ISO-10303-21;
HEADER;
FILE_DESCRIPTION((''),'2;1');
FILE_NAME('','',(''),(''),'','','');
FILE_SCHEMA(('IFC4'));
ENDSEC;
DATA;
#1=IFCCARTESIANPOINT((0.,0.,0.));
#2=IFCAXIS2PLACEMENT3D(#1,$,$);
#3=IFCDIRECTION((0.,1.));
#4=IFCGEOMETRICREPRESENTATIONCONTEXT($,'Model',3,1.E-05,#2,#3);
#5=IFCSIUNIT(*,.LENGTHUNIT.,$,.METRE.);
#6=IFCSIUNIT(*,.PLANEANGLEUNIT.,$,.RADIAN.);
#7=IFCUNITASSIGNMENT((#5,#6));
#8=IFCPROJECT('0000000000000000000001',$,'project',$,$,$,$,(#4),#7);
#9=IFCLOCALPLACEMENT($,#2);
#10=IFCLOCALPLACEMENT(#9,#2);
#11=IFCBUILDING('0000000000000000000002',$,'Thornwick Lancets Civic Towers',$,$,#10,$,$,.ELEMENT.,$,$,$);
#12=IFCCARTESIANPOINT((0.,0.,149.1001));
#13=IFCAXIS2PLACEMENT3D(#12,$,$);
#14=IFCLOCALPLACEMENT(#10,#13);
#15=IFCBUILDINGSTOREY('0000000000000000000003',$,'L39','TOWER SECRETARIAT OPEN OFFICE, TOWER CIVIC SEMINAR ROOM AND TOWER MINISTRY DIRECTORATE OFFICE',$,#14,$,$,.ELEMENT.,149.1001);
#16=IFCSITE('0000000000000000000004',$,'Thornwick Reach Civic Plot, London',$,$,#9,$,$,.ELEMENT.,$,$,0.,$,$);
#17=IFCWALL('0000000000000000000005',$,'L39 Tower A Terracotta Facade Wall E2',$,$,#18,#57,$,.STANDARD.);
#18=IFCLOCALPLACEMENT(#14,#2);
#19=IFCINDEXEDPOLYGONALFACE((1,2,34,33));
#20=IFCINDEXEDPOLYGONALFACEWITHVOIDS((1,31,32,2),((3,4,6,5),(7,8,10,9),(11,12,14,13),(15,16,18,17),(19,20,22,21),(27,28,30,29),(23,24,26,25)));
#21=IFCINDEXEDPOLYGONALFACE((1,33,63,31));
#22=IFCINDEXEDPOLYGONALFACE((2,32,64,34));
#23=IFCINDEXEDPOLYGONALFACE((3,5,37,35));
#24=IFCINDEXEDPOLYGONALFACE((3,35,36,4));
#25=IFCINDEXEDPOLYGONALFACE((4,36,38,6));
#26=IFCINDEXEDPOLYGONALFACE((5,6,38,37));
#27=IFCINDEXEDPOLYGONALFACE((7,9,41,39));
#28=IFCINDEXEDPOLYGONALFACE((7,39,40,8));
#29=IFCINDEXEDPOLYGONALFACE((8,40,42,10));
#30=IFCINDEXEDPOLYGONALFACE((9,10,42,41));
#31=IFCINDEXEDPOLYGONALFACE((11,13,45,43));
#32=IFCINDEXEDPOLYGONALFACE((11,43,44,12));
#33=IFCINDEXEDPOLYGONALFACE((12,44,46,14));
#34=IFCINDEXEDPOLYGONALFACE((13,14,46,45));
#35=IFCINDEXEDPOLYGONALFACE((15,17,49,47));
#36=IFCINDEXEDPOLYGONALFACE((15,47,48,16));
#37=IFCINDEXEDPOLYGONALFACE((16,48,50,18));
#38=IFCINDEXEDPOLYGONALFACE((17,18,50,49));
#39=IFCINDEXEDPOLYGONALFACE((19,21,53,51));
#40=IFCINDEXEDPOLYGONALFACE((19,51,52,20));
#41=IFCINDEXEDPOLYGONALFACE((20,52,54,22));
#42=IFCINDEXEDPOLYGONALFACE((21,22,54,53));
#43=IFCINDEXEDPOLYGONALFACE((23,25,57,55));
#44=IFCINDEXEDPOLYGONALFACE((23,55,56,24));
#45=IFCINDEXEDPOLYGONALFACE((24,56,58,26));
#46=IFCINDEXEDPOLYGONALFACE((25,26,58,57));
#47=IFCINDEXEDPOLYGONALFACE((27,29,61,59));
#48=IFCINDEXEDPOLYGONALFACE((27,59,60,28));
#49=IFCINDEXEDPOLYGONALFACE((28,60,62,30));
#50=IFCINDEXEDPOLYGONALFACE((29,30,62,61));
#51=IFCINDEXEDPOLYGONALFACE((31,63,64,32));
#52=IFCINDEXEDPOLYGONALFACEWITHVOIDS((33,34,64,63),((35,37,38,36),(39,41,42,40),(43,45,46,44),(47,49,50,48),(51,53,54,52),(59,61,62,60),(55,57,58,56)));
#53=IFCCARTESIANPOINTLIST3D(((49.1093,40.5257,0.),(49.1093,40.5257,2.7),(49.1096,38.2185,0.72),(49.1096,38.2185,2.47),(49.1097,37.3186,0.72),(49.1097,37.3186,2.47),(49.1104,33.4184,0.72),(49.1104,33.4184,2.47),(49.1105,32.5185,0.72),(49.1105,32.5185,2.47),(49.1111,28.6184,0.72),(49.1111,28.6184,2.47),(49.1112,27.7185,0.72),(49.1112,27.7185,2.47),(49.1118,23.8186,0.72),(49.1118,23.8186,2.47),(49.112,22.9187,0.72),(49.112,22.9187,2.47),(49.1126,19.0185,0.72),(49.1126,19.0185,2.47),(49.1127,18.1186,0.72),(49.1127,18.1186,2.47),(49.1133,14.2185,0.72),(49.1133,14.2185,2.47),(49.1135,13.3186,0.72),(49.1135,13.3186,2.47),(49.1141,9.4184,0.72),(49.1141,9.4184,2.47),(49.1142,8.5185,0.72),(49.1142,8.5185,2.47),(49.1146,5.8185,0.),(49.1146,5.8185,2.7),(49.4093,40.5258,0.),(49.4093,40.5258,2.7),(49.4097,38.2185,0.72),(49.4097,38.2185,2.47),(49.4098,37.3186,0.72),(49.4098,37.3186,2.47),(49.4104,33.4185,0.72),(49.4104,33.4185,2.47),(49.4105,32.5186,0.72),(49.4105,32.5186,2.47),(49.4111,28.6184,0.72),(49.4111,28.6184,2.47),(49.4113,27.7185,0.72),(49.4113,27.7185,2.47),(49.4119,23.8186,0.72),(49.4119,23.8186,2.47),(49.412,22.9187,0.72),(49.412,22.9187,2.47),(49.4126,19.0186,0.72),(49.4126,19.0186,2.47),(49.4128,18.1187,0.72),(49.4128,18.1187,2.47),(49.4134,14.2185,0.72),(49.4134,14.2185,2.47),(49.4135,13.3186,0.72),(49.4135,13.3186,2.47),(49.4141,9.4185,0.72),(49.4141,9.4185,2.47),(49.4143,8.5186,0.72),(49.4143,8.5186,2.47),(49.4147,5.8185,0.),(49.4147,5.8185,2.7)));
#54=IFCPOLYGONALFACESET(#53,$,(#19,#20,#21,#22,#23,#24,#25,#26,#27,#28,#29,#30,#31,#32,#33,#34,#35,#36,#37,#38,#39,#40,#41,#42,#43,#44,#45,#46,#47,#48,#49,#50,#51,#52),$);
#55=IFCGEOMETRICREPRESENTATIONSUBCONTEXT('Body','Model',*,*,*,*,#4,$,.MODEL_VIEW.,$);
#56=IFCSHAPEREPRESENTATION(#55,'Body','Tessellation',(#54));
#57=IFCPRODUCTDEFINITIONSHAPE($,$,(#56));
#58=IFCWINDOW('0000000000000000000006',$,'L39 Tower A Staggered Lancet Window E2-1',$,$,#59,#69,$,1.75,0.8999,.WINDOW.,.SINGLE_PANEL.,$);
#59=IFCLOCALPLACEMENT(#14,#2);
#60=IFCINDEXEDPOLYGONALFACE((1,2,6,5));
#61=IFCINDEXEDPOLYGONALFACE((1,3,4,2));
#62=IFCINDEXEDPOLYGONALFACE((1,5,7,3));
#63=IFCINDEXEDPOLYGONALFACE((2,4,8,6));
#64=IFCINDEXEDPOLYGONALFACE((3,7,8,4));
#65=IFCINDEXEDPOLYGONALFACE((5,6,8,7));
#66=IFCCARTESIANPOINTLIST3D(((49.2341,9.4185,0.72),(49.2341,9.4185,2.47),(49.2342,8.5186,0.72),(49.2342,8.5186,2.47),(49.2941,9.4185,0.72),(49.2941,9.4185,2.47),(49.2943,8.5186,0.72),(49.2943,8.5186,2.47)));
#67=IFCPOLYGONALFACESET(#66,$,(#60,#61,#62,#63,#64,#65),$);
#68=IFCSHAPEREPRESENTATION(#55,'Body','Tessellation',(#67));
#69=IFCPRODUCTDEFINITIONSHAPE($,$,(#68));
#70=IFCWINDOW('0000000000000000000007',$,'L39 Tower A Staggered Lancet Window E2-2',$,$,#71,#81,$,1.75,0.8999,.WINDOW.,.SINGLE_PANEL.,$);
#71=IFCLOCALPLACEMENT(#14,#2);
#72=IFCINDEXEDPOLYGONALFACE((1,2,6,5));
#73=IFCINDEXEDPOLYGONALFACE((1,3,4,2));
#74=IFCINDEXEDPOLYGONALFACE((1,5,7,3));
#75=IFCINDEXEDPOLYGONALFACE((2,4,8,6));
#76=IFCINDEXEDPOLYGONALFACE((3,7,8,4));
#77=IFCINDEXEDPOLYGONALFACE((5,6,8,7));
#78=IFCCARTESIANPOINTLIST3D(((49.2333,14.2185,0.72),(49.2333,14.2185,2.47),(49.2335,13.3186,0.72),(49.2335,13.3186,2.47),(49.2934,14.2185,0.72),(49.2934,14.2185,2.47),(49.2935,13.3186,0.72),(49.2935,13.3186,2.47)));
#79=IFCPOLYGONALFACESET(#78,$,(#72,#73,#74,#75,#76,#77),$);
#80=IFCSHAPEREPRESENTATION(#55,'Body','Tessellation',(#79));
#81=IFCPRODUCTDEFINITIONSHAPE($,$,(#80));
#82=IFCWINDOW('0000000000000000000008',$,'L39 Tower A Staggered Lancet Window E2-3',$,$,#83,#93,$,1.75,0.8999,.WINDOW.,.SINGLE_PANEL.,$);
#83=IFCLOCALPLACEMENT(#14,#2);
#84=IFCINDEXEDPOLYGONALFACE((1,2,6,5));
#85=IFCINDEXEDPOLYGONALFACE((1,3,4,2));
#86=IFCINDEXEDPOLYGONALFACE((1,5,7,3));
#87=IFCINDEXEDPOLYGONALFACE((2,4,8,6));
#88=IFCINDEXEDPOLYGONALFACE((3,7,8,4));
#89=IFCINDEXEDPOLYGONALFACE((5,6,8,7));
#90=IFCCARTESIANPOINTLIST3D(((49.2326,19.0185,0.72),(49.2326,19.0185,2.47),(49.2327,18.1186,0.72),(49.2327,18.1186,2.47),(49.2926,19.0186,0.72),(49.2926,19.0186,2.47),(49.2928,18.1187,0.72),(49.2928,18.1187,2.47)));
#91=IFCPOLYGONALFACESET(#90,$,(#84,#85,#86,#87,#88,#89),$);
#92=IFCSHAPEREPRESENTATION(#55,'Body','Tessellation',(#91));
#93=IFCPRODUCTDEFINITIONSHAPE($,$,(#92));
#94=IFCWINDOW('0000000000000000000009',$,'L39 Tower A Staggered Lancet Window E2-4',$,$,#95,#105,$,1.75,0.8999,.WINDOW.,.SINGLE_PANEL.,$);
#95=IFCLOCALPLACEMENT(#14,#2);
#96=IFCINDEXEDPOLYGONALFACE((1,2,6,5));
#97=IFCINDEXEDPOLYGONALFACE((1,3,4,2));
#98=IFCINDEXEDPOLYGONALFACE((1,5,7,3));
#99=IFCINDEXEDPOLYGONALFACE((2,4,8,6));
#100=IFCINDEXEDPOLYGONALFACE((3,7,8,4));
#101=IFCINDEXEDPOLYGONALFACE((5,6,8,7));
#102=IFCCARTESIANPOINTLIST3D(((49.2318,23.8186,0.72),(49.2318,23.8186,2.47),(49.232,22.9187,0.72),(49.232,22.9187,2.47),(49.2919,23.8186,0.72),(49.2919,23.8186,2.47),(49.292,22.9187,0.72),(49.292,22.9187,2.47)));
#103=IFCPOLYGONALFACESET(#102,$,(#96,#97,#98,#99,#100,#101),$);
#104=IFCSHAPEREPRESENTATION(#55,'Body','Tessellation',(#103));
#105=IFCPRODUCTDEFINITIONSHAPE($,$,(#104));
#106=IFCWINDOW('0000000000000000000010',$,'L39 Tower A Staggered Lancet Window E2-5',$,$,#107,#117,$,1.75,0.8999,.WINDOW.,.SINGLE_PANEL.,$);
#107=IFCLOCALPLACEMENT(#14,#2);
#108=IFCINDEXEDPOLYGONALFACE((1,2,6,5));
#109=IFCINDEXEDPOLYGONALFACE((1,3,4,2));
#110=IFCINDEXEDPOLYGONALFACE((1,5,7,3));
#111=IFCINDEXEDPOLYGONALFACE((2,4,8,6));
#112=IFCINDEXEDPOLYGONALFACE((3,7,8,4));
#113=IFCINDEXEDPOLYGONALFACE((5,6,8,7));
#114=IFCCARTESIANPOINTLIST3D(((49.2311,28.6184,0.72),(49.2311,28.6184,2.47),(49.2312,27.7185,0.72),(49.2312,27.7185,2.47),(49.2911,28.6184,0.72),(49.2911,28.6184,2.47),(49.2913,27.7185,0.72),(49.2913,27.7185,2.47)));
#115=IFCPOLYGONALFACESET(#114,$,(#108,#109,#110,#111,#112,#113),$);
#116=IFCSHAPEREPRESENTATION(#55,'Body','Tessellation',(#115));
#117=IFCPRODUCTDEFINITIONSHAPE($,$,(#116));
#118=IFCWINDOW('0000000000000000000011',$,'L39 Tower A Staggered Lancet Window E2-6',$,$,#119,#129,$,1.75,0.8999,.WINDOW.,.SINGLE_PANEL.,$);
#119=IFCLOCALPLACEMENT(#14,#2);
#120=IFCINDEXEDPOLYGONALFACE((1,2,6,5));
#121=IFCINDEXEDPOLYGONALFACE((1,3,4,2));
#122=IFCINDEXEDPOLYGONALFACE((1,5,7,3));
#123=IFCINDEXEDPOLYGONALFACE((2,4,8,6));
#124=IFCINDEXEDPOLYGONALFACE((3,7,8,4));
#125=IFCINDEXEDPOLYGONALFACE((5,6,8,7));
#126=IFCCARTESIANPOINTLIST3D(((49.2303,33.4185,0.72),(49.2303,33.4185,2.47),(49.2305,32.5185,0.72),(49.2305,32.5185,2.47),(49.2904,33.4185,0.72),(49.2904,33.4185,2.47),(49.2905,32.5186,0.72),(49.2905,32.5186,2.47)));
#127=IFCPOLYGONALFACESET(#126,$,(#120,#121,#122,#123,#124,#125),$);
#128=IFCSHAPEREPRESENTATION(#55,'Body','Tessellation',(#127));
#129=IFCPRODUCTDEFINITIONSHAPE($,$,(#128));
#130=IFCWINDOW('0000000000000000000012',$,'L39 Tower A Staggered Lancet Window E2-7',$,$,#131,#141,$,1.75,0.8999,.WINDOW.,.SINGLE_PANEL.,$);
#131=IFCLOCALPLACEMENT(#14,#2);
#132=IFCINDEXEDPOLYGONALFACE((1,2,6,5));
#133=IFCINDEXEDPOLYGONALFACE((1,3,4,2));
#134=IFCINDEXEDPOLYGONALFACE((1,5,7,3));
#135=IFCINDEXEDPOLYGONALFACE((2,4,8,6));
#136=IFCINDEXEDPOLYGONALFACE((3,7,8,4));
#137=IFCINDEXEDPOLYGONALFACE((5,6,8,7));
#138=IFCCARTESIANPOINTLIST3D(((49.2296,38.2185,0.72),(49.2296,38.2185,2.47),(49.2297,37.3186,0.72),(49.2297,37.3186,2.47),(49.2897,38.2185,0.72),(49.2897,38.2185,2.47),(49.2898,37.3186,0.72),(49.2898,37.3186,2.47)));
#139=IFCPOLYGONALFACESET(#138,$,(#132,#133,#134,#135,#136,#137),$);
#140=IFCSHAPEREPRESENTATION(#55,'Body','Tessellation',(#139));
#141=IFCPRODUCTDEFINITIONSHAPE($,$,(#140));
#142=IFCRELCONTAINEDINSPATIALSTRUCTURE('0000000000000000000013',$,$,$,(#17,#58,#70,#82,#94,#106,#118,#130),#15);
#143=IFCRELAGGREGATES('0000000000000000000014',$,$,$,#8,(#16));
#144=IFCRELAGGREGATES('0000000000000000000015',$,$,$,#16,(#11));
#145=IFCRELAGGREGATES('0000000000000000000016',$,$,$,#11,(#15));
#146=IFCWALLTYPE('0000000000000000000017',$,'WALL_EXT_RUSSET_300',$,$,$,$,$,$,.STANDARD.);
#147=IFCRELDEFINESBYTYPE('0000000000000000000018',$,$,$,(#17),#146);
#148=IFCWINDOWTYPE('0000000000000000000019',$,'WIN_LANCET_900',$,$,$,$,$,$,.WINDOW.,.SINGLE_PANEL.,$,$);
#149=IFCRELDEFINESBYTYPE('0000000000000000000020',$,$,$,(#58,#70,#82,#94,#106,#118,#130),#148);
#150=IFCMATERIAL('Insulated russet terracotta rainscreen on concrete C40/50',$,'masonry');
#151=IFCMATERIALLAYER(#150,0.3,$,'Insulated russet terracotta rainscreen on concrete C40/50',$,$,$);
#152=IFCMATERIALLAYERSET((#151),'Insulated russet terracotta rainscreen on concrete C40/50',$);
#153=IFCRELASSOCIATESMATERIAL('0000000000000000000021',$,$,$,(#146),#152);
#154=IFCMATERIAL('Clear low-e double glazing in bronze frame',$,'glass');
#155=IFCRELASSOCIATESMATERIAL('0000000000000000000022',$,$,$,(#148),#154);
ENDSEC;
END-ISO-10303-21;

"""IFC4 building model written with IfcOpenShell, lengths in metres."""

from ifc_helpers import new_model, si_unit, direction, frame, frame_2d, origin, place, context, subcontext, project, spatial, rectangle, extrude, material, layer, layer_set, type_object, element, fill, save


model = new_model("IFC4")

# Units and contexts
model_context = context("Model", 3, precision=1e-05, world=origin(), true_north=direction((0.0, 1.0)))
body_context = subcontext(model_context, "Body", "Model", "MODEL_VIEW")
ifc_project = project(units=[si_unit("LENGTHUNIT", "METRE"), si_unit("PLANEANGLEUNIT", "RADIAN")], contexts=[model_context])

# Site, building, storey
site_placement = place(None, origin())
site = spatial("IfcSite", under=ifc_project, at=site_placement, Name="Thornwick Reach Civic Plot, London", CompositionType="ELEMENT", RefElevation=0.0)
building_placement = place(site_placement, origin())
building = spatial("IfcBuilding", under=site, at=building_placement, Name="Thornwick Lancets Civic Towers", CompositionType="ELEMENT")
storey_placement = place(building_placement, frame((0.0, 0.0, 149.1001)))
storey = spatial("IfcBuildingStorey", under=building, at=storey_placement, Name="L39", Description="TOWER SECRETARIAT OPEN OFFICE, TOWER CIVIC SEMINAR ROOM AND TOWER MINISTRY DIRECTORATE OFFICE", CompositionType="ELEMENT", Elevation=149.1001)

# Wall, openings, windows
ifc_material_1 = material(Name="Insulated russet terracotta rainscreen on concrete C40/50", Category="masonry")
ifc_layer_1 = layer(ifc_material_1, 0.3, Name="Insulated russet terracotta rainscreen on concrete C40/50")
ifc_layer_set_1 = layer_set([ifc_layer_1], Name="Insulated russet terracotta rainscreen on concrete C40/50")
wall_type_1 = type_object("IfcWallType", Name="WALL_EXT_RUSSET_300", PredefinedType="STANDARD", material=ifc_layer_set_1)
wall_1_placement = place(storey_placement, frame((49.2646, 5.8186, 0.0), z_axis=(0.0, 0.0, 1.0), x_axis=(-0.000155, 1.0, 0.0)))
wall_1 = element("IfcWall", 1, at=wall_1_placement, inside=storey, type_object=wall_type_1, Name="L39 Tower A Terracotta Facade Wall E2", PredefinedType="STANDARD", context=body_context, shape_type="SweptSolid", body=[
    extrude(rectangle(XDim=34.7073, YDim=0.3, at=frame_2d((17.3535, 0.0))), origin(), (0.0, 0.0, 1.0), 2.7),
])
opening_1_placement = place(wall_1_placement, frame((2.7, 0.0, 0.72)))
opening_1 = element("IfcOpeningElement", 2, at=opening_1_placement, cuts=wall_1, PredefinedType="OPENING", context=body_context, shape_type="SweptSolid", body=[
    extrude(rectangle(XDim=0.8999, YDim=1.75, at=frame_2d((0.45, 0.875))), frame((0.0, 0.1602, 0.0), z_axis=(0.0, -1.0, 0.0), x_axis=(1.0, 0.0, 0.0)), (0.0, 0.0, 1.0), 0.3201),
])
opening_2_placement = place(wall_1_placement, frame((7.5, 0.0, 0.72)))
opening_2 = element("IfcOpeningElement", 3, at=opening_2_placement, cuts=wall_1, PredefinedType="OPENING", context=body_context, shape_type="SweptSolid", body=[
    extrude(rectangle(XDim=0.8999, YDim=1.75, at=frame_2d((0.45, 0.875))), frame((0.0, 0.1602, 0.0), z_axis=(0.0, -1.0, 0.0), x_axis=(1.0, 0.0, 0.0)), (0.0, 0.0, 1.0), 0.3201),
])
opening_3_placement = place(wall_1_placement, frame((12.3, 0.0, 0.72)))
opening_3 = element("IfcOpeningElement", 4, at=opening_3_placement, cuts=wall_1, PredefinedType="OPENING", context=body_context, shape_type="SweptSolid", body=[
    extrude(rectangle(XDim=0.8999, YDim=1.75, at=frame_2d((0.45, 0.875))), frame((0.0, 0.1602, 0.0), z_axis=(0.0, -1.0, 0.0), x_axis=(1.0, 0.0, 0.0)), (0.0, 0.0, 1.0), 0.3201),
])
opening_4_placement = place(wall_1_placement, frame((17.1001, 0.0, 0.72)))
opening_4 = element("IfcOpeningElement", 5, at=opening_4_placement, cuts=wall_1, PredefinedType="OPENING", context=body_context, shape_type="SweptSolid", body=[
    extrude(rectangle(XDim=0.8999, YDim=1.75, at=frame_2d((0.45, 0.875))), frame((0.0, 0.1602, 0.0), z_axis=(0.0, -1.0, 0.0), x_axis=(1.0, 0.0, 0.0)), (0.0, 0.0, 1.0), 0.3201),
])
opening_5_placement = place(wall_1_placement, frame((21.8999, 0.0, 0.72)))
opening_5 = element("IfcOpeningElement", 6, at=opening_5_placement, cuts=wall_1, PredefinedType="OPENING", context=body_context, shape_type="SweptSolid", body=[
    extrude(rectangle(XDim=0.8999, YDim=1.75, at=frame_2d((0.45, 0.875))), frame((0.0, 0.1602, 0.0), z_axis=(0.0, -1.0, 0.0), x_axis=(1.0, 0.0, 0.0)), (0.0, 0.0, 1.0), 0.3201),
])
opening_6_placement = place(wall_1_placement, frame((26.7, 0.0, 0.72)))
opening_6 = element("IfcOpeningElement", 7, at=opening_6_placement, cuts=wall_1, PredefinedType="OPENING", context=body_context, shape_type="SweptSolid", body=[
    extrude(rectangle(XDim=0.8999, YDim=1.75, at=frame_2d((0.45, 0.875))), frame((0.0, 0.1602, 0.0), z_axis=(0.0, -1.0, 0.0), x_axis=(1.0, 0.0, 0.0)), (0.0, 0.0, 1.0), 0.3201),
])
opening_7_placement = place(wall_1_placement, frame((31.5, 0.0, 0.72)))
opening_7 = element("IfcOpeningElement", 8, at=opening_7_placement, cuts=wall_1, PredefinedType="OPENING", context=body_context, shape_type="SweptSolid", body=[
    extrude(rectangle(XDim=0.8999, YDim=1.75, at=frame_2d((0.45, 0.875))), frame((0.0, 0.1602, 0.0), z_axis=(0.0, -1.0, 0.0), x_axis=(1.0, 0.0, 0.0)), (0.0, 0.0, 1.0), 0.3201),
])
ifc_material_2 = material(Name="Clear low-e double glazing in bronze frame", Category="glass")
window_type = type_object("IfcWindowType", Name="WIN_LANCET_900", PartitioningType="SINGLE_PANEL", PredefinedType="WINDOW", material=ifc_material_2)
window_1_placement = place(opening_1_placement, origin())
window_1 = element("IfcWindow", 9, at=window_1_placement, inside=storey, type_object=window_type, Name="L39 Tower A Staggered Lancet Window E2-1", OverallHeight=1.75, OverallWidth=0.8999, PartitioningType="SINGLE_PANEL", PredefinedType="WINDOW", context=body_context, shape_type="SweptSolid", body=[
    extrude(rectangle(XDim=0.8999, YDim=1.75, at=frame_2d((0.45, 0.875))), frame((0.0, 0.03, 0.0), z_axis=(0.0, -1.0, 0.0), x_axis=(1.0, 0.0, 0.0)), (0.0, 0.0, 1.0), 0.0601),
])
fill(opening_1, window_1)
window_2_placement = place(opening_2_placement, origin())
window_2 = element("IfcWindow", 10, at=window_2_placement, inside=storey, type_object=window_type, Name="L39 Tower A Staggered Lancet Window E2-2", OverallHeight=1.75, OverallWidth=0.8999, PartitioningType="SINGLE_PANEL", PredefinedType="WINDOW", context=body_context, shape_type="SweptSolid", body=[
    extrude(rectangle(XDim=0.8999, YDim=1.75, at=frame_2d((0.45, 0.875))), frame((0.0, 0.03, 0.0), z_axis=(0.0, -1.0, 0.0), x_axis=(1.0, 0.0, 0.0)), (0.0, 0.0, 1.0), 0.0601),
])
fill(opening_2, window_2)
window_3_placement = place(opening_3_placement, origin())
window_3 = element("IfcWindow", 11, at=window_3_placement, inside=storey, type_object=window_type, Name="L39 Tower A Staggered Lancet Window E2-3", OverallHeight=1.75, OverallWidth=0.8999, PartitioningType="SINGLE_PANEL", PredefinedType="WINDOW", context=body_context, shape_type="SweptSolid", body=[
    extrude(rectangle(XDim=0.8999, YDim=1.75, at=frame_2d((0.45, 0.875))), frame((0.0, 0.03, 0.0), z_axis=(0.0, -1.0, 0.0), x_axis=(1.0, 0.0, 0.0)), (0.0, 0.0, 1.0), 0.0601),
])
fill(opening_3, window_3)
window_4_placement = place(opening_4_placement, origin())
window_4 = element("IfcWindow", 12, at=window_4_placement, inside=storey, type_object=window_type, Name="L39 Tower A Staggered Lancet Window E2-4", OverallHeight=1.75, OverallWidth=0.8999, PartitioningType="SINGLE_PANEL", PredefinedType="WINDOW", context=body_context, shape_type="SweptSolid", body=[
    extrude(rectangle(XDim=0.8999, YDim=1.75, at=frame_2d((0.45, 0.875))), frame((0.0, 0.03, 0.0), z_axis=(0.0, -1.0, 0.0), x_axis=(1.0, 0.0, 0.0)), (0.0, 0.0, 1.0), 0.0601),
])
fill(opening_4, window_4)
window_5_placement = place(opening_5_placement, origin())
window_5 = element("IfcWindow", 13, at=window_5_placement, inside=storey, type_object=window_type, Name="L39 Tower A Staggered Lancet Window E2-5", OverallHeight=1.75, OverallWidth=0.8999, PartitioningType="SINGLE_PANEL", PredefinedType="WINDOW", context=body_context, shape_type="SweptSolid", body=[
    extrude(rectangle(XDim=0.8999, YDim=1.75, at=frame_2d((0.45, 0.875))), frame((0.0, 0.03, 0.0), z_axis=(0.0, -1.0, 0.0), x_axis=(1.0, 0.0, 0.0)), (0.0, 0.0, 1.0), 0.0601),
])
fill(opening_5, window_5)
window_6_placement = place(opening_6_placement, origin())
window_6 = element("IfcWindow", 14, at=window_6_placement, inside=storey, type_object=window_type, Name="L39 Tower A Staggered Lancet Window E2-6", OverallHeight=1.75, OverallWidth=0.8999, PartitioningType="SINGLE_PANEL", PredefinedType="WINDOW", context=body_context, shape_type="SweptSolid", body=[
    extrude(rectangle(XDim=0.8999, YDim=1.75, at=frame_2d((0.45, 0.875))), frame((0.0, 0.03, 0.0), z_axis=(0.0, -1.0, 0.0), x_axis=(1.0, 0.0, 0.0)), (0.0, 0.0, 1.0), 0.0601),
])
fill(opening_6, window_6)
window_7_placement = place(opening_7_placement, origin())
window_7 = element("IfcWindow", 15, at=window_7_placement, inside=storey, type_object=window_type, Name="L39 Tower A Staggered Lancet Window E2-7", OverallHeight=1.75, OverallWidth=0.8999, PartitioningType="SINGLE_PANEL", PredefinedType="WINDOW", context=body_context, shape_type="SweptSolid", body=[
    extrude(rectangle(XDim=0.8999, YDim=1.75, at=frame_2d((0.45, 0.875))), frame((0.0, 0.03, 0.0), z_axis=(0.0, -1.0, 0.0), x_axis=(1.0, 0.0, 0.0)), (0.0, 0.0, 1.0), 0.0601),
])
fill(opening_7, window_7)

save(model, "model.ifc")
